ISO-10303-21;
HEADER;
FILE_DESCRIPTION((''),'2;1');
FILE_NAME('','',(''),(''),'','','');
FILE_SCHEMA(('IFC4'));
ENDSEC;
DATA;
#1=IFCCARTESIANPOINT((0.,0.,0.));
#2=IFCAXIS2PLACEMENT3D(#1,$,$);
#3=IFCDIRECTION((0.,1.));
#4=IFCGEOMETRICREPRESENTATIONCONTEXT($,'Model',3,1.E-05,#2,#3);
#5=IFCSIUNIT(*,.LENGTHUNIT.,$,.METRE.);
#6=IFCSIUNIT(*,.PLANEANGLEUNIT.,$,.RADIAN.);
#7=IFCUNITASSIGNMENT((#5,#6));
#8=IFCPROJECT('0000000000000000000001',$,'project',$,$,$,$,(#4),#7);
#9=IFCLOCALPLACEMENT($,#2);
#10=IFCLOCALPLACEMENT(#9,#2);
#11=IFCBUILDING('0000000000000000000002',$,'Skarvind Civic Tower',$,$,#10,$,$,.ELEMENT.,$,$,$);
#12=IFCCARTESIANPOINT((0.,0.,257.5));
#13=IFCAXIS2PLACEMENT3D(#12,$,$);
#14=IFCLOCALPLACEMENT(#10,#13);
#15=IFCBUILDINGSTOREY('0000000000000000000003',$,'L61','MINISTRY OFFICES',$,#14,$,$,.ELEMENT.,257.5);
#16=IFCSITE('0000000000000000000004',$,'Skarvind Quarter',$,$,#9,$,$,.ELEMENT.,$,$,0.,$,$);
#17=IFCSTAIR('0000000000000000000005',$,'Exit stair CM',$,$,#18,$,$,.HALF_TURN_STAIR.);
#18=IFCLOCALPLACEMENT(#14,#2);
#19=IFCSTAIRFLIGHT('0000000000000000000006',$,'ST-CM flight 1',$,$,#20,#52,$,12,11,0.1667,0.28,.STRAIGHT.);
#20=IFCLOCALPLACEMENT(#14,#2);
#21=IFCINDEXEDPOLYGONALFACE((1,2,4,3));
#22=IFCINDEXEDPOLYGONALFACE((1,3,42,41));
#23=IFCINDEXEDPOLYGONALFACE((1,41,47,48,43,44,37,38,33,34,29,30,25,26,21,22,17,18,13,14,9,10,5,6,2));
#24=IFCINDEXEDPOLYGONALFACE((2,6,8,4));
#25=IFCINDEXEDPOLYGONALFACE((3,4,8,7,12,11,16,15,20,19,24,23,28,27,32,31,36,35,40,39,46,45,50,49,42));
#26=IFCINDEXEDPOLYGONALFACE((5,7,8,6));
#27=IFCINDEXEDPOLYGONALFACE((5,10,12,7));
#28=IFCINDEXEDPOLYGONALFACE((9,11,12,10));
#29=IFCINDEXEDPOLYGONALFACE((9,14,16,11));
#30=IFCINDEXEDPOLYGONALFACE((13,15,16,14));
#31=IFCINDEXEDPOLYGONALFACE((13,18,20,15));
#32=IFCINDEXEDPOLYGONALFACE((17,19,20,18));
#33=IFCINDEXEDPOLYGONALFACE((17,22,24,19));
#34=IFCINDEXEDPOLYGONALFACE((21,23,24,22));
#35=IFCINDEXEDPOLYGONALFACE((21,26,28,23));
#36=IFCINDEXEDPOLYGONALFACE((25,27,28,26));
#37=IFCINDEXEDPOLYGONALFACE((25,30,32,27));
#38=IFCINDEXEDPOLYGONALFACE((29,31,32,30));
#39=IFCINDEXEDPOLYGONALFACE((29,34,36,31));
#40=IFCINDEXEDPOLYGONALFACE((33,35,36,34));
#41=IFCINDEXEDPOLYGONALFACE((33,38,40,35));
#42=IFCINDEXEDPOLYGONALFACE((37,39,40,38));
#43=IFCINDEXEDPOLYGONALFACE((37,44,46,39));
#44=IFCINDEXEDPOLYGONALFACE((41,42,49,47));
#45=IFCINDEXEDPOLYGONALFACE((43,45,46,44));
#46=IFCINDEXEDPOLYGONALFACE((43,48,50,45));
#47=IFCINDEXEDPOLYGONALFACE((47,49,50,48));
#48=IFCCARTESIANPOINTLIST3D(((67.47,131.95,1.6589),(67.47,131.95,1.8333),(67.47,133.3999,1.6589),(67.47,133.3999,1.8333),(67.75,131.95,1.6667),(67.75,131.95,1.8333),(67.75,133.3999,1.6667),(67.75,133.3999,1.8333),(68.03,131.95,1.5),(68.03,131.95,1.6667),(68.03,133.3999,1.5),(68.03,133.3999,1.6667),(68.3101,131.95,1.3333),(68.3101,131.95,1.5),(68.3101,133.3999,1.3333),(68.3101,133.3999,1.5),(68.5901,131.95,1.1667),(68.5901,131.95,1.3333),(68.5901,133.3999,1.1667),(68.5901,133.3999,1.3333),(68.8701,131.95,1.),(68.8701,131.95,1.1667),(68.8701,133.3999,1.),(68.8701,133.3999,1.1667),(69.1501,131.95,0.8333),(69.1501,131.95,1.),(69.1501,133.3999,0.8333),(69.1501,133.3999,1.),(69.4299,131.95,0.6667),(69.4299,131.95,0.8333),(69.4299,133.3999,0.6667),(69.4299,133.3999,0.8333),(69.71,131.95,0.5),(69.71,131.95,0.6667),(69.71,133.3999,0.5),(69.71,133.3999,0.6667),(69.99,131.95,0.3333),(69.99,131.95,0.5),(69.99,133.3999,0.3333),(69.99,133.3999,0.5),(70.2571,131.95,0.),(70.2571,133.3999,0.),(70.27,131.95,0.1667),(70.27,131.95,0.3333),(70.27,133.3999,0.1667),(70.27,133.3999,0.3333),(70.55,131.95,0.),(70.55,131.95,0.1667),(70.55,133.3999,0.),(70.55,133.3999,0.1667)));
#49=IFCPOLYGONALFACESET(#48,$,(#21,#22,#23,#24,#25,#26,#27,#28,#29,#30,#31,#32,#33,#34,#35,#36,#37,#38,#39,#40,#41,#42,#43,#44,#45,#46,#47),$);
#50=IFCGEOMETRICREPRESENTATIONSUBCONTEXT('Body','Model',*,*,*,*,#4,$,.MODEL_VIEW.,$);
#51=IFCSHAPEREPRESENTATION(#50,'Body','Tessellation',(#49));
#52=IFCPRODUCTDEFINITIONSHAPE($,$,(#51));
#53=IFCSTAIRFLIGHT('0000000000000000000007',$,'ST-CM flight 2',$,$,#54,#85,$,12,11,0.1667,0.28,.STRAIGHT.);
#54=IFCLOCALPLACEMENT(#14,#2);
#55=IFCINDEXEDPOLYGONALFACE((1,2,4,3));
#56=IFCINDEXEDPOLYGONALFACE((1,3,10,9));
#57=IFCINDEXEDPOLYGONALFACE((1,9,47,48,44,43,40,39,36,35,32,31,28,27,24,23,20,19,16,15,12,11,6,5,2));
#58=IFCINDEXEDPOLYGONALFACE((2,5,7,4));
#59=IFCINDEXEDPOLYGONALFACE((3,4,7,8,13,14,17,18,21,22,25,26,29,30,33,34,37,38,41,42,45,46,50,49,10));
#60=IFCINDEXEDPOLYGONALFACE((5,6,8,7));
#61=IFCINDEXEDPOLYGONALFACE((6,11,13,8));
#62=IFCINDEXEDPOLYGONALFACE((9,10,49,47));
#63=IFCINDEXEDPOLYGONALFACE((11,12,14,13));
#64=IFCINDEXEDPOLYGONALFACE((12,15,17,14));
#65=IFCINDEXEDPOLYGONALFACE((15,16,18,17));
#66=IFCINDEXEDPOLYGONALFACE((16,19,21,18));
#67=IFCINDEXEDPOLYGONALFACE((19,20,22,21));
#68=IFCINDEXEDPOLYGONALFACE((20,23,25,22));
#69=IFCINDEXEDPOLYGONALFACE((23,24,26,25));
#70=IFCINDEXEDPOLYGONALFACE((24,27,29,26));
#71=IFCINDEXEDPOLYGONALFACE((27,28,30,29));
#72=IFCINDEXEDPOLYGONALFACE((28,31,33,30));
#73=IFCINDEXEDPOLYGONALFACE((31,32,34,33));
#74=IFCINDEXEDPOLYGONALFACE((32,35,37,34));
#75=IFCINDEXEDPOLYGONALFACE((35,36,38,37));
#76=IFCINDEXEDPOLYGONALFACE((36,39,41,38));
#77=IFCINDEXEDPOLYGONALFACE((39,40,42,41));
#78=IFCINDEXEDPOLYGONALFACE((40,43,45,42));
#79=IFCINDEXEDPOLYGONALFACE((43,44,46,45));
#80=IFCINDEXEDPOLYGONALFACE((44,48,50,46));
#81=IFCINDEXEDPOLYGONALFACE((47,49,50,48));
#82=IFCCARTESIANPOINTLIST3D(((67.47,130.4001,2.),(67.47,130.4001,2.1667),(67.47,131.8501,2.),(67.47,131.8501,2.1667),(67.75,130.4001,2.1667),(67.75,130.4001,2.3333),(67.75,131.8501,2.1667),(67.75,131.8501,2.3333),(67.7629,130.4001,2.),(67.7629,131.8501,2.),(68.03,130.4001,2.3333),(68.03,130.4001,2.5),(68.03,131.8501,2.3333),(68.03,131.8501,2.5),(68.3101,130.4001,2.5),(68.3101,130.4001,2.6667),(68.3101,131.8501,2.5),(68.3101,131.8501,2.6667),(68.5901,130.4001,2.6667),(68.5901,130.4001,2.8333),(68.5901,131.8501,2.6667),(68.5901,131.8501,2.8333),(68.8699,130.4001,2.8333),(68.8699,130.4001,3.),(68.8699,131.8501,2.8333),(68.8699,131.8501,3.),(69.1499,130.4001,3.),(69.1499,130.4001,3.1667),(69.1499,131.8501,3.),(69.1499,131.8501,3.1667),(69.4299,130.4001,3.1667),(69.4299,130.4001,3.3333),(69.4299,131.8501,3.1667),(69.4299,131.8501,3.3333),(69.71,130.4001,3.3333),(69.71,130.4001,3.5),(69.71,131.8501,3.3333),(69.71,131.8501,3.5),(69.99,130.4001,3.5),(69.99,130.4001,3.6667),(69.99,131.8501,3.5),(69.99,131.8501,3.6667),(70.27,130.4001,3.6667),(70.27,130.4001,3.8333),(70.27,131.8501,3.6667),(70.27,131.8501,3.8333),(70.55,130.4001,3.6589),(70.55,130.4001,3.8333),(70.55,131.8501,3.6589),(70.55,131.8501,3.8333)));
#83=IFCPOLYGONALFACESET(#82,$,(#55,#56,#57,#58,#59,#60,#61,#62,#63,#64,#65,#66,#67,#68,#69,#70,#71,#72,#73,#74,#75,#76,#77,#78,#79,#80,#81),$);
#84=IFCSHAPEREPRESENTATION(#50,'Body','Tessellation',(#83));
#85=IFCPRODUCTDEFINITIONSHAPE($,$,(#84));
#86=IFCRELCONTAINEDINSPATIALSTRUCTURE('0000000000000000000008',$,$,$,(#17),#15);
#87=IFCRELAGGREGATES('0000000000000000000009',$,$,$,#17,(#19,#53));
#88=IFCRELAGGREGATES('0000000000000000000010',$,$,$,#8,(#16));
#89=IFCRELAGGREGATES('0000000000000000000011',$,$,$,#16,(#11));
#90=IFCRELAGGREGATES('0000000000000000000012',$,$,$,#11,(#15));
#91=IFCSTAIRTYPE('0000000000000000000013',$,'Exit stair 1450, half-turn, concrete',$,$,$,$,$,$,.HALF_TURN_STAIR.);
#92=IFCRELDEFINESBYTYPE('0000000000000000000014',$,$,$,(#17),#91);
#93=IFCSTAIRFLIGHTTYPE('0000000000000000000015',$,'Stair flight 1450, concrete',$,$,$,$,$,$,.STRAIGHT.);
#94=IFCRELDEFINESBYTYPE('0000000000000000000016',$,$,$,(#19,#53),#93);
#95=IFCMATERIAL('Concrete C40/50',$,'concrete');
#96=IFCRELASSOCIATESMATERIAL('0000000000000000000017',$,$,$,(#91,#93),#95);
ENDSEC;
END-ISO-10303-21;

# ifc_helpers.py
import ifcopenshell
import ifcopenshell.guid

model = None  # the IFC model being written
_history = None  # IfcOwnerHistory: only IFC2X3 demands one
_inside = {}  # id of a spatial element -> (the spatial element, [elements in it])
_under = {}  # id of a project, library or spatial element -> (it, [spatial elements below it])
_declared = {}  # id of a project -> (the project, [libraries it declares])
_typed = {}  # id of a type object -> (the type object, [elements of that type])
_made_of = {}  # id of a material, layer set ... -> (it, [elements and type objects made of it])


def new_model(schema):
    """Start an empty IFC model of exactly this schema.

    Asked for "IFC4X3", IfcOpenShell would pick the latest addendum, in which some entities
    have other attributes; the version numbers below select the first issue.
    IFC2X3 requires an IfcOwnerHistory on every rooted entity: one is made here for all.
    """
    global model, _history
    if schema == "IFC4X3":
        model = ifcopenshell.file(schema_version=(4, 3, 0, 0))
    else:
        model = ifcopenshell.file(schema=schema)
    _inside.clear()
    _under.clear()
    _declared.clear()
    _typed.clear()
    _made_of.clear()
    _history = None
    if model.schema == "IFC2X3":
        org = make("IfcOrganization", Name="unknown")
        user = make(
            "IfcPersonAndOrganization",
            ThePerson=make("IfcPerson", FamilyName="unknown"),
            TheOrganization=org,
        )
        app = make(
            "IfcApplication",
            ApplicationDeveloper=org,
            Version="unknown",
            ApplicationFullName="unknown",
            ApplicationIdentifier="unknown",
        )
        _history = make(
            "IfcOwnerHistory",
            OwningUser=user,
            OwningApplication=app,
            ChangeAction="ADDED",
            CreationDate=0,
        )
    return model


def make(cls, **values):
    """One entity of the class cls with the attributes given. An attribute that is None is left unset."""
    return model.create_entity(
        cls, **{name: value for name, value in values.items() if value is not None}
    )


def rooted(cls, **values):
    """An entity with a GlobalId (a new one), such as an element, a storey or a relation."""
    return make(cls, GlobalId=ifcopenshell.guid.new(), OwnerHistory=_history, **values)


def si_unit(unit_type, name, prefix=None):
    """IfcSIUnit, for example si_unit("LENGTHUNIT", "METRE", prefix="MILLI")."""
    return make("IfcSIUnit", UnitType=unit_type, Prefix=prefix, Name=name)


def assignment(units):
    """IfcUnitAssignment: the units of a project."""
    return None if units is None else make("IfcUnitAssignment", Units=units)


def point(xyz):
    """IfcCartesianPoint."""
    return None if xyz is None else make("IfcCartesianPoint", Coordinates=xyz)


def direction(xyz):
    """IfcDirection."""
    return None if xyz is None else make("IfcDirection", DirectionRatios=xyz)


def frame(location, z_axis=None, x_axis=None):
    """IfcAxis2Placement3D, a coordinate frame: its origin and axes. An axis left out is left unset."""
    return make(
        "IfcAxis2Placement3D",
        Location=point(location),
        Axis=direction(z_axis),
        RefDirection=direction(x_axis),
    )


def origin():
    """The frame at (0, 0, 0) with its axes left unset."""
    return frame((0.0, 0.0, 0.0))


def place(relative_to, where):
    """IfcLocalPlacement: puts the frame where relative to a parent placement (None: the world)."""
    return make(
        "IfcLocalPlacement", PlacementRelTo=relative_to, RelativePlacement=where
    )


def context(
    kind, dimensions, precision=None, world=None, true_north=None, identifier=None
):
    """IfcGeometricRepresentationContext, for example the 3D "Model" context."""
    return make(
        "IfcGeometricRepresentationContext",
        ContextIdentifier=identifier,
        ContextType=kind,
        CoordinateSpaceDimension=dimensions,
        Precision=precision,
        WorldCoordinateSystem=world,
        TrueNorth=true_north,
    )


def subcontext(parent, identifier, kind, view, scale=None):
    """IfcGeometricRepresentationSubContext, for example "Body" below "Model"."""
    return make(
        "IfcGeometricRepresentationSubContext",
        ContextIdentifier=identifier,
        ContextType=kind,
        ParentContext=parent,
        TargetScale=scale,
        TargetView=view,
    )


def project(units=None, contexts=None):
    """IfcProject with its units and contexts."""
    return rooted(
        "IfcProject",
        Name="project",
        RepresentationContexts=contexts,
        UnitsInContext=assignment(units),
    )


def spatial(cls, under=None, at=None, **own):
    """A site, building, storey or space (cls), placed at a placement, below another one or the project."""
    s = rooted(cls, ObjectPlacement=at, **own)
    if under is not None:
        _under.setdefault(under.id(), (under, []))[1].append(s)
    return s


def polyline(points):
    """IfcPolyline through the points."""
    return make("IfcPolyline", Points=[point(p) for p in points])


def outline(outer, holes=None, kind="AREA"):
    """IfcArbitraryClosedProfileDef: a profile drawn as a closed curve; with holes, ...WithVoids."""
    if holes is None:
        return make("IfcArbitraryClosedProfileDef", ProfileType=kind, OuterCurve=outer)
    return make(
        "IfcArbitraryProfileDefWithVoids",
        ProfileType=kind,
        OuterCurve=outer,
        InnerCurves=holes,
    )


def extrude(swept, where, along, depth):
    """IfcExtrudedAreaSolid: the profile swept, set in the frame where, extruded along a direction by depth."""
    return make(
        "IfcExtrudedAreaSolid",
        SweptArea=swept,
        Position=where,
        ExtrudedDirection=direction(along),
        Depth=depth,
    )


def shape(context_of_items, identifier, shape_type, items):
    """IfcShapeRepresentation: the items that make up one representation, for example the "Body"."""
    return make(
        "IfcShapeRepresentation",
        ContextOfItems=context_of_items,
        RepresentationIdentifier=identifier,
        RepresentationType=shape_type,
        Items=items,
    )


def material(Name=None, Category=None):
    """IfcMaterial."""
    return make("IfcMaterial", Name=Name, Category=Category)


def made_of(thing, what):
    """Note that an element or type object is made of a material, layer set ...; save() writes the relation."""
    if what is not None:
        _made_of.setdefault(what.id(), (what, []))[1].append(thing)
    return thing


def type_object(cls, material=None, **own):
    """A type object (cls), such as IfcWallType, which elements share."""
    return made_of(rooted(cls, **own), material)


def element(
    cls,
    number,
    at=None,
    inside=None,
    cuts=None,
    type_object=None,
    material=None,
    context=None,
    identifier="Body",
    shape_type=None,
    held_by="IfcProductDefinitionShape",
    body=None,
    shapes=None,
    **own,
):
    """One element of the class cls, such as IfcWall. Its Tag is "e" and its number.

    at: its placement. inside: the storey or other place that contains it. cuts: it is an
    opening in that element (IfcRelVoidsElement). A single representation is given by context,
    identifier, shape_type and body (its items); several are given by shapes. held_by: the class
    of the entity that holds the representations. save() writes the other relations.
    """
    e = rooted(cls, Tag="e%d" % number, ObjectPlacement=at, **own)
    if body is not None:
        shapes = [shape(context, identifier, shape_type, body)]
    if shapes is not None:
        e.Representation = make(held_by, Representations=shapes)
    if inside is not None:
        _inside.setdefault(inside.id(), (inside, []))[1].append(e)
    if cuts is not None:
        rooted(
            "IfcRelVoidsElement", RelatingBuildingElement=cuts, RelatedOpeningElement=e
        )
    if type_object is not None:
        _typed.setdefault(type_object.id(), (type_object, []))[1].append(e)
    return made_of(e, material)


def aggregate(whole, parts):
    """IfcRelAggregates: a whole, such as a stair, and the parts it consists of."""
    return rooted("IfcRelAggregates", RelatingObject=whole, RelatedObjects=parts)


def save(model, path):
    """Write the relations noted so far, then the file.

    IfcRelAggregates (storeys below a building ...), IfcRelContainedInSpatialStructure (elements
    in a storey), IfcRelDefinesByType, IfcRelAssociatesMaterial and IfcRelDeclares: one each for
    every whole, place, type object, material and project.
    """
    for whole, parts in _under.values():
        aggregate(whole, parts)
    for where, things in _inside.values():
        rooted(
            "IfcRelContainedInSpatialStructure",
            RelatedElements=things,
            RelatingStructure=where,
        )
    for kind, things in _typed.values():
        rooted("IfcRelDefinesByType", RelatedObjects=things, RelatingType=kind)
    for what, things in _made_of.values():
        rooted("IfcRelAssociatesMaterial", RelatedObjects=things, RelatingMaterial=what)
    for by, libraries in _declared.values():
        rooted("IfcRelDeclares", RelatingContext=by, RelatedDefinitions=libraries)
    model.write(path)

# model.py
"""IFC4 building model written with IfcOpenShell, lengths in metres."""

from ifc_helpers import new_model, si_unit, direction, frame, origin, place, context, subcontext, project, spatial, polyline, outline, extrude, material, type_object, element, aggregate, save


model = new_model("IFC4")

# Units and contexts
model_context = context("Model", 3, precision=1e-05, world=origin(), true_north=direction((0.0, 1.0)))
body_context = subcontext(model_context, "Body", "Model", "MODEL_VIEW")
ifc_project = project(units=[si_unit("LENGTHUNIT", "METRE"), si_unit("PLANEANGLEUNIT", "RADIAN")], contexts=[model_context])

# Site, building, storey
site_placement = place(None, origin())
site = spatial("IfcSite", under=ifc_project, at=site_placement, Name="Skarvind Quarter", CompositionType="ELEMENT", RefElevation=0.0)
building_placement = place(site_placement, origin())
building = spatial("IfcBuilding", under=site, at=building_placement, Name="Skarvind Civic Tower", CompositionType="ELEMENT")
storey_placement = place(building_placement, frame((0.0, 0.0, 257.5)))
storey = spatial("IfcBuildingStorey", under=building, at=storey_placement, Name="L61", Description="MINISTRY OFFICES", CompositionType="ELEMENT", Elevation=257.5)

# Stair, stair flights
ifc_material_1 = material(Name="Concrete C40/50", Category="concrete")
stair_type = type_object("IfcStairType", Name="Exit stair 1450, half-turn, concrete", PredefinedType="HALF_TURN_STAIR", material=ifc_material_1)
stair_placement = place(storey_placement, origin())
stair = element("IfcStair", 1, at=stair_placement, inside=storey, type_object=stair_type, Name="Exit stair CM", PredefinedType="HALF_TURN_STAIR")
stair_flight_type = type_object("IfcStairFlightType", Name="Stair flight 1450, concrete", PredefinedType="STRAIGHT", material=ifc_material_1)
stair_flight_1_placement = place(storey_placement, frame((70.55, 132.675, 0.0), z_axis=(0.0, 0.0, 1.0), x_axis=(-1.0, 0.0, 0.0)))
stair_flight_1 = element("IfcStairFlight", 2, at=stair_flight_1_placement, type_object=stair_flight_type, Name="ST-CM flight 1", NumberOfRisers=12, NumberOfTreads=11, PredefinedType="STRAIGHT", RiserHeight=0.1667, TreadLength=0.28, context=body_context, shape_type="SweptSolid", body=[
    extrude(outline(polyline([(0.0, 0.0), (0.0, 0.1667), (0.28, 0.1667), (0.28, 0.3333), (0.5601, 0.3333), (0.5601, 0.5), (0.8401, 0.5), (0.8401, 0.6667), (1.1201, 0.6667), (1.1201, 0.8333), (1.3999, 0.8333), (1.3999, 1.0), (1.6799, 1.0), (1.6799, 1.1667), (1.96, 1.1667), (1.96, 1.3333), (2.24, 1.3333), (2.24, 1.5), (2.52, 1.5), (2.52, 1.6667), (2.8, 1.6667), (2.8, 1.8333), (3.0801, 1.8333), (3.0801, 2.0), (3.0801, 1.6589), (0.293, 0.0), (0.0, 0.0)])), frame((0.0, 0.7251, 0.0), z_axis=(0.0, -1.0, 0.0), x_axis=(1.0, 0.0, 0.0)), (0.0, 0.0, 1.0), 1.45),
])
stair_flight_2_placement = place(storey_placement, frame((67.47, 131.125, 2.0), z_axis=(0.0, 0.0, 1.0), x_axis=(1.0, 0.0, 0.0)))
stair_flight_2 = element("IfcStairFlight", 3, at=stair_flight_2_placement, type_object=stair_flight_type, Name="ST-CM flight 2", NumberOfRisers=12, NumberOfTreads=11, PredefinedType="STRAIGHT", RiserHeight=0.1667, TreadLength=0.28, context=body_context, shape_type="SweptSolid", body=[
    extrude(outline(polyline([(0.0, 0.0), (0.0, 0.1667), (0.28, 0.1667), (0.28, 0.3333), (0.5601, 0.3333), (0.5601, 0.5), (0.8401, 0.5), (0.8401, 0.6667), (1.1201, 0.6667), (1.1201, 0.8333), (1.3999, 0.8333), (1.3999, 1.0), (1.6799, 1.0), (1.6799, 1.1667), (1.96, 1.1667), (1.96, 1.3333), (2.24, 1.3333), (2.24, 1.5), (2.52, 1.5), (2.52, 1.6667), (2.8, 1.6667), (2.8, 1.8333), (3.0801, 1.8333), (3.0801, 2.0), (3.0801, 1.6589), (0.293, 0.0), (0.0, 0.0)])), frame((0.0, 0.7251, 0.0), z_axis=(0.0, -1.0, 0.0), x_axis=(1.0, 0.0, 0.0)), (0.0, 0.0, 1.0), 1.45),
])
aggregate(stair, [stair_flight_1, stair_flight_2])

save(model, "model.ifc")
